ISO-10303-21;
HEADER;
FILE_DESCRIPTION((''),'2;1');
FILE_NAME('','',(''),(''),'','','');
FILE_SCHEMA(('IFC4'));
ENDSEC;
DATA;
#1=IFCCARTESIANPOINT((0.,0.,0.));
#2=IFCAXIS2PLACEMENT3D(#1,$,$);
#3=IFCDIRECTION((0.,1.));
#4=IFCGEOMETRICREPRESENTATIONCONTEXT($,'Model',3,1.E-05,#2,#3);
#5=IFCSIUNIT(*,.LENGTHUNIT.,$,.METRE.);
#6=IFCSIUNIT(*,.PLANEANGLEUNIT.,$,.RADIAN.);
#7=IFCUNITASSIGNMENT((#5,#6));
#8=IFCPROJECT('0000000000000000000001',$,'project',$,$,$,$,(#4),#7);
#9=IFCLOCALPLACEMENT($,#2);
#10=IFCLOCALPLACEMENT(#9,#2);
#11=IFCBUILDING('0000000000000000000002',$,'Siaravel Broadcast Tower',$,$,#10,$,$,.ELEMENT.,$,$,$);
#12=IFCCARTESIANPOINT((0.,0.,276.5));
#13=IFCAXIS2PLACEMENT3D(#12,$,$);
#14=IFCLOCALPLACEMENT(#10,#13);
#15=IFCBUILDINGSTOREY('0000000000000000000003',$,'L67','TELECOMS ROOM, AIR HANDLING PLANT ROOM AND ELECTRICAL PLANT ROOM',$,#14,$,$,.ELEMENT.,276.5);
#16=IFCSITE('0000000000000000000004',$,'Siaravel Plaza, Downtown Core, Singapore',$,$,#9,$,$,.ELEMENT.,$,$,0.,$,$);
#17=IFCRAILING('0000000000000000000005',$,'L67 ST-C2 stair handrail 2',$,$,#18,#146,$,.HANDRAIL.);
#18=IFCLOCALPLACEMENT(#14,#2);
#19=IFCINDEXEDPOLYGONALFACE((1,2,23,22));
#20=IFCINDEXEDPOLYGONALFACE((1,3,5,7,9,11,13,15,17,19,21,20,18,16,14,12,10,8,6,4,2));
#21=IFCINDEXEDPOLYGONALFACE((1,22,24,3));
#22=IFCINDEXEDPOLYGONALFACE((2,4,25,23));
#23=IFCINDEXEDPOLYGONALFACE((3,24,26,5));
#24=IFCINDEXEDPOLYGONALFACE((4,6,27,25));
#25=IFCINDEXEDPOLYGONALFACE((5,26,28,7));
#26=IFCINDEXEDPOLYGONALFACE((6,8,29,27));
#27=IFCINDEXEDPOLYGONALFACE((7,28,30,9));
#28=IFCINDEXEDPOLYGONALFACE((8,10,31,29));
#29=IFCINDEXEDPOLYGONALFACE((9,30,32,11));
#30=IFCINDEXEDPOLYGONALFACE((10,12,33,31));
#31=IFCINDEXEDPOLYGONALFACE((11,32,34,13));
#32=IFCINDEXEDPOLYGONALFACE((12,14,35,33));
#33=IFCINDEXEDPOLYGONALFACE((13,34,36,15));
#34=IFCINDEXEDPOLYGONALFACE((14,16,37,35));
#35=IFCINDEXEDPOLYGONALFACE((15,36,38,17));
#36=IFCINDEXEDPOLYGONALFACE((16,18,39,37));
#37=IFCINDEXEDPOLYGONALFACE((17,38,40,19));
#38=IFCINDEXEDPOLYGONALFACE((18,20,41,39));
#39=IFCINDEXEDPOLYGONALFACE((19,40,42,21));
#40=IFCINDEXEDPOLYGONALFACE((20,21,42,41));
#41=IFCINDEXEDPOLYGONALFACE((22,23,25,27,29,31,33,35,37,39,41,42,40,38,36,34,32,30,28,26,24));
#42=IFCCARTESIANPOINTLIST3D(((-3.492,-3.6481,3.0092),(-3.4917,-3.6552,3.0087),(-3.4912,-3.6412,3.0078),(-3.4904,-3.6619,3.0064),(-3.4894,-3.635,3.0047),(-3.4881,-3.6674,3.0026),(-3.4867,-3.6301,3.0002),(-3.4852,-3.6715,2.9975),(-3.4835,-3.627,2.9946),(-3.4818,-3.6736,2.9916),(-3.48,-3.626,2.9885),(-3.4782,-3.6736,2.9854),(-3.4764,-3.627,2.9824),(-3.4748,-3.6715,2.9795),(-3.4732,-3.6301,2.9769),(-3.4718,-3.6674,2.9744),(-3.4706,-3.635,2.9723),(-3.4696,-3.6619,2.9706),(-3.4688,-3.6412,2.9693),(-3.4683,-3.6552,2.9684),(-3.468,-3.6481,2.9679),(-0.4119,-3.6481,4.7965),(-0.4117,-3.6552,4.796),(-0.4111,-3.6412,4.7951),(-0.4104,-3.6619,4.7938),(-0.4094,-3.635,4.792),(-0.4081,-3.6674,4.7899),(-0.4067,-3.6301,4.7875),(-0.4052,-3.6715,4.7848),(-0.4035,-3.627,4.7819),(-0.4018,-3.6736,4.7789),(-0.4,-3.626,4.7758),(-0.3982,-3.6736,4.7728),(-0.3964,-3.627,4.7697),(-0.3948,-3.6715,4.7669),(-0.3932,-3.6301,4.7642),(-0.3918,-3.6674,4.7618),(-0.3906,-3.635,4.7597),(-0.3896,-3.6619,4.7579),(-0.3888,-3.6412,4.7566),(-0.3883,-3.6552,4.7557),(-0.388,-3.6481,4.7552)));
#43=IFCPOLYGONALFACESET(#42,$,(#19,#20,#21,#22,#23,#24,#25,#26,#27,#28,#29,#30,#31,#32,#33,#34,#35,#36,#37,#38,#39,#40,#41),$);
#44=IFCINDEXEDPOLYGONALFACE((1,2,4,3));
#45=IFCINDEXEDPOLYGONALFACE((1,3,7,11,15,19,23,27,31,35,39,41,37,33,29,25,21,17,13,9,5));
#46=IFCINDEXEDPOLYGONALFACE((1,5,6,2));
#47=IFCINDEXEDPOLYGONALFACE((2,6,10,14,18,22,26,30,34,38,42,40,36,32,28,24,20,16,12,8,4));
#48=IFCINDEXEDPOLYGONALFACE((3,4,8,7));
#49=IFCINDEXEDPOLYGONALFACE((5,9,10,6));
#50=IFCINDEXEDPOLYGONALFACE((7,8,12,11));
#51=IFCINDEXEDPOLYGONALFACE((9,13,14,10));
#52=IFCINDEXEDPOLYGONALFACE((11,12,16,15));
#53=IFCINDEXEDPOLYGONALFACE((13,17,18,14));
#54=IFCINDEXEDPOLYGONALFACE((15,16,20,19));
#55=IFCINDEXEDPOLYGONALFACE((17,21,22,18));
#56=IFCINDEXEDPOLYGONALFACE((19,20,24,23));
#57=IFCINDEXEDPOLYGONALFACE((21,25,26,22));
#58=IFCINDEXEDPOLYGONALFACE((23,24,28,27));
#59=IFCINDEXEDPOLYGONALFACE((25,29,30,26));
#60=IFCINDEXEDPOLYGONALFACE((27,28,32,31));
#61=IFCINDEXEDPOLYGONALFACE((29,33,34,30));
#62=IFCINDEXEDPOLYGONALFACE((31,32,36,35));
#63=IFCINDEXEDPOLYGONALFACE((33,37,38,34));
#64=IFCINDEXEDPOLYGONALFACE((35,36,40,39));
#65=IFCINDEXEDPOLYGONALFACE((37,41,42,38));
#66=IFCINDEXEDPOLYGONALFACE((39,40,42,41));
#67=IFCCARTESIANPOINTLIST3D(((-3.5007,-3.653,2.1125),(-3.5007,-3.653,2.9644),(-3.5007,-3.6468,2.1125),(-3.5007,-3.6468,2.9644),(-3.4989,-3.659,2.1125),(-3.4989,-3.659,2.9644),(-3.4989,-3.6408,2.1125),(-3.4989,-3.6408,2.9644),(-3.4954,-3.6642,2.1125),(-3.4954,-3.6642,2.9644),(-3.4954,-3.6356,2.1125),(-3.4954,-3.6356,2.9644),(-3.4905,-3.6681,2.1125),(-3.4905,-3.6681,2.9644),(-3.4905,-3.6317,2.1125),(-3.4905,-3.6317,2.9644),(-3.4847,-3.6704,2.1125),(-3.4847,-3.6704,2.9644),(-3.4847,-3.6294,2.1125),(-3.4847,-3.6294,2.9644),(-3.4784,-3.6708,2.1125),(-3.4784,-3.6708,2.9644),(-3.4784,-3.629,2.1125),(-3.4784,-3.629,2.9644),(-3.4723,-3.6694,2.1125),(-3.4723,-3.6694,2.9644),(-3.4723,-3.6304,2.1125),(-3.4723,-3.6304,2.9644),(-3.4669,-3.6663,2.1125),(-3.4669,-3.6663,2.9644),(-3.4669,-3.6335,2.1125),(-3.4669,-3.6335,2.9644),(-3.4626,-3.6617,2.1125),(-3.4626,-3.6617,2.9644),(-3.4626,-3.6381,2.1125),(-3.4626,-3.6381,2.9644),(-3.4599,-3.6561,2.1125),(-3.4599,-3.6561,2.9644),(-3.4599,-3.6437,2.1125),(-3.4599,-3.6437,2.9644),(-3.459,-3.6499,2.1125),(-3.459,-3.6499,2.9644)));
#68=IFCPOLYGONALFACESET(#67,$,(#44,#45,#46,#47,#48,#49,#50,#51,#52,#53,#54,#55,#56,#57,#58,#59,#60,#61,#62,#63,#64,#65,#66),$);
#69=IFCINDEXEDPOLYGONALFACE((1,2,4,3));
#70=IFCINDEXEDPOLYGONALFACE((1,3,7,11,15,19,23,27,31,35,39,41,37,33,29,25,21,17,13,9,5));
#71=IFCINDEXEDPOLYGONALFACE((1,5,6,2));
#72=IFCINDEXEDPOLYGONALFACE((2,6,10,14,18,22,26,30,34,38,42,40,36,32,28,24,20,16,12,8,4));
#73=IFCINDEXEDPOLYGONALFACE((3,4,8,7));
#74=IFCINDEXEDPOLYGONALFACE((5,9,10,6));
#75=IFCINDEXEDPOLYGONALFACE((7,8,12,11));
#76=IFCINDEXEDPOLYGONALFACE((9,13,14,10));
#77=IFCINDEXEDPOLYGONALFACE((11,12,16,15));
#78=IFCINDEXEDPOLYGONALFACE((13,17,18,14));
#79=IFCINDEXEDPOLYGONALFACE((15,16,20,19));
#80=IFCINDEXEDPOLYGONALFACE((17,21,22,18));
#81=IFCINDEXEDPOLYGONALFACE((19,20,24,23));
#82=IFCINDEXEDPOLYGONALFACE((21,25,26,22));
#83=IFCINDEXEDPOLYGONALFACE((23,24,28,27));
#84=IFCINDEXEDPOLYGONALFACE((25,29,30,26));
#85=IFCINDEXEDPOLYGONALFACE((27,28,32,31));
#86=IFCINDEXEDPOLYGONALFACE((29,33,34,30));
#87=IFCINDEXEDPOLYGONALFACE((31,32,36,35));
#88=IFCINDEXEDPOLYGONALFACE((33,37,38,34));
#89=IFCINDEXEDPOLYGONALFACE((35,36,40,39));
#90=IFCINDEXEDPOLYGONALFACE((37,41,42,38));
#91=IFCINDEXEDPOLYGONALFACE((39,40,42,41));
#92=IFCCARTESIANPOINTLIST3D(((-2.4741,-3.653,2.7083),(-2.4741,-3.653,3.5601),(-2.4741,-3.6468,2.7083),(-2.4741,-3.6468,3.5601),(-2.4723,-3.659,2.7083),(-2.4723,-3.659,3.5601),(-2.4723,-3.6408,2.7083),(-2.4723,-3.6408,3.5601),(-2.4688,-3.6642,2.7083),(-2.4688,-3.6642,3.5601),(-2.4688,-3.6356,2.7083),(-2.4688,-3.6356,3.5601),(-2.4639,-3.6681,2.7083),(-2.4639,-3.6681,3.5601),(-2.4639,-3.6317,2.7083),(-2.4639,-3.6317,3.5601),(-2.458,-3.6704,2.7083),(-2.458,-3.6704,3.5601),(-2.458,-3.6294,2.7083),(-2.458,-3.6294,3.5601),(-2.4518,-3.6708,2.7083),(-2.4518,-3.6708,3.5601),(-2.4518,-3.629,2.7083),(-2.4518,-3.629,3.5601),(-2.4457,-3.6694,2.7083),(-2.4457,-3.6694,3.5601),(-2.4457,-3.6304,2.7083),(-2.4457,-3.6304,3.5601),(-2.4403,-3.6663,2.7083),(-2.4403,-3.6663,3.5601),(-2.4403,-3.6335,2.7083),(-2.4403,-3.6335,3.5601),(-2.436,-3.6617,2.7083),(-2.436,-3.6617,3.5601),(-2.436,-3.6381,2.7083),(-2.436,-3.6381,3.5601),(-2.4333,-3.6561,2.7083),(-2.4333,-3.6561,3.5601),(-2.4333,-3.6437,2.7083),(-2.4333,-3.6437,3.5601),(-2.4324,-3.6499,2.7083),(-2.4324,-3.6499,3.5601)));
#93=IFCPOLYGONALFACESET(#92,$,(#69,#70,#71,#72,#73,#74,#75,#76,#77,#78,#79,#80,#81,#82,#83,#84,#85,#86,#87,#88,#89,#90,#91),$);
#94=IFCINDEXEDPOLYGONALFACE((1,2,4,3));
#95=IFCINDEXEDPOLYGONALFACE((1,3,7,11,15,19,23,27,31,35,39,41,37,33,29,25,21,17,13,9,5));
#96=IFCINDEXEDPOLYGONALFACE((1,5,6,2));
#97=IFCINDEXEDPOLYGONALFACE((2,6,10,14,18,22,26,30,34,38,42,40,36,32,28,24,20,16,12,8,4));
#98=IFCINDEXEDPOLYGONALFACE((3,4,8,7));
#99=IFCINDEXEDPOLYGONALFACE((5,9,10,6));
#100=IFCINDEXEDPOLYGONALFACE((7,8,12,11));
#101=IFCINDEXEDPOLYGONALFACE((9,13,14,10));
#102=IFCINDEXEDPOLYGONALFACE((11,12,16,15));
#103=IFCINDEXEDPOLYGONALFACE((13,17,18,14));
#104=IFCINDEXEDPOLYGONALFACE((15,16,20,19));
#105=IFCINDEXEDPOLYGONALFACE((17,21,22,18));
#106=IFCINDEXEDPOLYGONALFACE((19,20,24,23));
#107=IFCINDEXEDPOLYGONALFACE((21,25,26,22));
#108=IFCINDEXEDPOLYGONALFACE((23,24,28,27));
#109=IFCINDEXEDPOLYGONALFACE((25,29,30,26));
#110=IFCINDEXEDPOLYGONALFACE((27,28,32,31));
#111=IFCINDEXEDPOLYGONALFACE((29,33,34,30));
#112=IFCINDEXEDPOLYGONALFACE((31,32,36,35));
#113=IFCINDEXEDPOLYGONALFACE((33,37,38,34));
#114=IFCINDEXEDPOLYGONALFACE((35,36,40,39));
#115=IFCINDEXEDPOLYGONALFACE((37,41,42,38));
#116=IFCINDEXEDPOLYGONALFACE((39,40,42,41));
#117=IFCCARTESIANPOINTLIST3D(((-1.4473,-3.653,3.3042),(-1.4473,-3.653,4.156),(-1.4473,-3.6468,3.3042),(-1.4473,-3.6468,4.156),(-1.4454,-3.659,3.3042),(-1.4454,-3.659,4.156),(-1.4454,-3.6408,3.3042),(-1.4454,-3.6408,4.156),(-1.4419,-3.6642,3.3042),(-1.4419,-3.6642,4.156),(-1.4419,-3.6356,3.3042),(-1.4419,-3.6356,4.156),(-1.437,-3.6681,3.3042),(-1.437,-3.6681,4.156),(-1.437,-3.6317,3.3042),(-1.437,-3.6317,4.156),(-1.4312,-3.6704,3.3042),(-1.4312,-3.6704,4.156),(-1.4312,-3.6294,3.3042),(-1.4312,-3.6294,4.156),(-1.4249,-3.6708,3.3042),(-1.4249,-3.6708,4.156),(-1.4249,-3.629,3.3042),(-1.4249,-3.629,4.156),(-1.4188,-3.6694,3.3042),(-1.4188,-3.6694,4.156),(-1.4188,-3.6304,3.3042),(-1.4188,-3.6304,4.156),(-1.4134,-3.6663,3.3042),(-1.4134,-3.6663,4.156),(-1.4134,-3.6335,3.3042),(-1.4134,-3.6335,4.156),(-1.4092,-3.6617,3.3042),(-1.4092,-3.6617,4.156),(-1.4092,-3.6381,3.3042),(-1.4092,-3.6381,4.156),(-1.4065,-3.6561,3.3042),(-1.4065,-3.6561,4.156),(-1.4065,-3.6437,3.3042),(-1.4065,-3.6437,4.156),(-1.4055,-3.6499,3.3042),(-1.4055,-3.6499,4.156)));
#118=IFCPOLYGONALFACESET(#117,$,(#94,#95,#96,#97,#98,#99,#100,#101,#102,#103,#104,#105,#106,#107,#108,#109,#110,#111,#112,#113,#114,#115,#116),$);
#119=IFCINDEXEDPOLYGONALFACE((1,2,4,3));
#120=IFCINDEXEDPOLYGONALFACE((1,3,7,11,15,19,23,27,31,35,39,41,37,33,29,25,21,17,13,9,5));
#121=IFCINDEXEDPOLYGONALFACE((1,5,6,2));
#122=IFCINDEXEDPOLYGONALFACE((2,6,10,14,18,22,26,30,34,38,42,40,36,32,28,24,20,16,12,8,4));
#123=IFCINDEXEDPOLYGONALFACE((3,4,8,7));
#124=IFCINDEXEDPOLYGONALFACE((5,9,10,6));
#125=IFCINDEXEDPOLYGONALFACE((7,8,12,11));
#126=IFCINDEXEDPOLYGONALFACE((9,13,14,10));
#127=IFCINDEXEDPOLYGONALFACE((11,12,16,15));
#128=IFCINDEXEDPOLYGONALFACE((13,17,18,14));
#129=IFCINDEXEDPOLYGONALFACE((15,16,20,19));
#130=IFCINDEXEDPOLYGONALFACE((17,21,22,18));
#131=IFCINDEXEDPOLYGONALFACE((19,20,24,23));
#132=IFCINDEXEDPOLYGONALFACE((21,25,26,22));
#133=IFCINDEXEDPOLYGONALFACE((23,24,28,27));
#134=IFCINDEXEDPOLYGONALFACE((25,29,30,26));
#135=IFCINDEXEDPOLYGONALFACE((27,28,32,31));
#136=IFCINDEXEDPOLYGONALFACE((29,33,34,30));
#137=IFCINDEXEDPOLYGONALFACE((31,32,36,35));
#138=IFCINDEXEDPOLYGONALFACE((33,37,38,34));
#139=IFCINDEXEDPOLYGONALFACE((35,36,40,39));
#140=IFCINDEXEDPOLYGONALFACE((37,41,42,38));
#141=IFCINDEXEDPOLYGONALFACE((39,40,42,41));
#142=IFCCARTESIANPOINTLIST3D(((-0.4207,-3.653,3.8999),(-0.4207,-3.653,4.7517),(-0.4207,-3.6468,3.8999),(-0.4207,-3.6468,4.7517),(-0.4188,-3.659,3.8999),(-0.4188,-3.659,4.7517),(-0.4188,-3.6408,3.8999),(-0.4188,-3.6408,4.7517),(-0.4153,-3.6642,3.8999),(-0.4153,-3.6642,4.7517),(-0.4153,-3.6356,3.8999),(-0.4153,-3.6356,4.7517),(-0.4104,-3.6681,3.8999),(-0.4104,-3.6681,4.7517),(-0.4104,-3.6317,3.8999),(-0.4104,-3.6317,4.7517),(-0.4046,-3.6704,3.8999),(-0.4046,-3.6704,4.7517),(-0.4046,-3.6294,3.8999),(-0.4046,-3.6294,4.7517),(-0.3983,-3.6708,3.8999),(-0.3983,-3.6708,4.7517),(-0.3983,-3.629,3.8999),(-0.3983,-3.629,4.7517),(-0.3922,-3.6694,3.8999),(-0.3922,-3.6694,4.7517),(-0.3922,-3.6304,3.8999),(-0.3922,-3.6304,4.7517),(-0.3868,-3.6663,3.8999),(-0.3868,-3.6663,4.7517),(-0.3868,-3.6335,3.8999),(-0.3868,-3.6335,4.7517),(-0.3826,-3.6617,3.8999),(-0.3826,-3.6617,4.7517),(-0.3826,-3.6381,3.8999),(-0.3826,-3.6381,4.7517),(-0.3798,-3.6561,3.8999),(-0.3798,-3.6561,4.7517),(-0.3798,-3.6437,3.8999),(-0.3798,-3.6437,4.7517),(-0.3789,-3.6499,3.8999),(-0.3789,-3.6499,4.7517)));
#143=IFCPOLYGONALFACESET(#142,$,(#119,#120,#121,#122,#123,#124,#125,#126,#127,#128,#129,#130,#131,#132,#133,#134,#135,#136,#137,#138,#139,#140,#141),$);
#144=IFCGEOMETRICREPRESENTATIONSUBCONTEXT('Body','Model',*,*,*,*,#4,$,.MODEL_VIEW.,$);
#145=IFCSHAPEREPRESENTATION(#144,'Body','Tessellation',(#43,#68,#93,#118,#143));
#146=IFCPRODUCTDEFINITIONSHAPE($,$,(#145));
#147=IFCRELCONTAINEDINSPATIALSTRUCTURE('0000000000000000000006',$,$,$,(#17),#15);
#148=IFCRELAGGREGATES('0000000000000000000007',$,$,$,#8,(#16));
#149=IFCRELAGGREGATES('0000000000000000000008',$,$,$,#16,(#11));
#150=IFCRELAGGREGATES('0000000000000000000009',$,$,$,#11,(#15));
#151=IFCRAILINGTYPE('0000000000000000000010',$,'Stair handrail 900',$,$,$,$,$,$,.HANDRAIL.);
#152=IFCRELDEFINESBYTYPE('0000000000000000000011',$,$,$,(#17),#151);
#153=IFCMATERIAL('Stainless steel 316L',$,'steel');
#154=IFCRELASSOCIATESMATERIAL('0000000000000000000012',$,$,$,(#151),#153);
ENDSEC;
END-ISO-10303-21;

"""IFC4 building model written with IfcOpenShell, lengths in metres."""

from ifc_helpers import new_model, si_unit, direction, frame, origin, origin_2d, place, context, subcontext, project, spatial, circle, extrude, material, type_object, element, save


model = new_model("IFC4")

# Units and contexts
model_context = context("Model", 3, precision=1e-05, world=origin(), true_north=direction((0.0, 1.0)))
body_context = subcontext(model_context, "Body", "Model", "MODEL_VIEW")
ifc_project = project(units=[si_unit("LENGTHUNIT", "METRE"), si_unit("PLANEANGLEUNIT", "RADIAN")], contexts=[model_context])

# Site, building, storey
site_placement = place(None, origin())
site = spatial("IfcSite", under=ifc_project, at=site_placement, Name="Siaravel Plaza, Downtown Core, Singapore", CompositionType="ELEMENT", RefElevation=0.0)
building_placement = place(site_placement, origin())
building = spatial("IfcBuilding", under=site, at=building_placement, Name="Siaravel Broadcast Tower", CompositionType="ELEMENT")
storey_placement = place(building_placement, frame((0.0, 0.0, 276.5)))
storey = spatial("IfcBuildingStorey", under=building, at=storey_placement, Name="L67", Description="TELECOMS ROOM, AIR HANDLING PLANT ROOM AND ELECTRICAL PLANT ROOM", CompositionType="ELEMENT", Elevation=276.5)

# Shared definitions
ifc_material_1 = material(Name="Stainless steel 316L", Category="steel")

# Railing
railing_type_1 = type_object("IfcRailingType", Name="Stair handrail 900", PredefinedType="HANDRAIL", material=ifc_material_1)
railing_1_placement = place(storey_placement, frame((-3.48, -3.6499, 2.1125)))
element("IfcRailing", 1, at=railing_1_placement, inside=storey, type_object=railing_type_1, Name="L67 ST-C2 stair handrail 2", PredefinedType="HANDRAIL", context=body_context, shape_type="SweptSolid", body=[
    extrude(circle(Radius=0.0239, at=origin_2d()), frame((0.0, 0.0, 0.876), z_axis=(0.86492, 0.0, 0.501909), x_axis=(0.0, 1.0, 0.0)), (0.0, 0.0, 1.0), 3.561),
    extrude(circle(Radius=0.021, at=origin_2d()), origin(), (0.0, 0.0, 1.0), 0.8518),
    extrude(circle(Radius=0.021, at=origin_2d()), frame((1.0266, 0.0, 0.5957)), (0.0, 0.0, 1.0), 0.8518),
    extrude(circle(Radius=0.021, at=origin_2d()), frame((2.0535, 0.0, 1.1917)), (0.0, 0.0, 1.0), 0.8518),
    extrude(circle(Radius=0.021, at=origin_2d()), frame((3.0801, 0.0, 1.7874)), (0.0, 0.0, 1.0), 0.8518),
])

save(model, "model.ifc")
